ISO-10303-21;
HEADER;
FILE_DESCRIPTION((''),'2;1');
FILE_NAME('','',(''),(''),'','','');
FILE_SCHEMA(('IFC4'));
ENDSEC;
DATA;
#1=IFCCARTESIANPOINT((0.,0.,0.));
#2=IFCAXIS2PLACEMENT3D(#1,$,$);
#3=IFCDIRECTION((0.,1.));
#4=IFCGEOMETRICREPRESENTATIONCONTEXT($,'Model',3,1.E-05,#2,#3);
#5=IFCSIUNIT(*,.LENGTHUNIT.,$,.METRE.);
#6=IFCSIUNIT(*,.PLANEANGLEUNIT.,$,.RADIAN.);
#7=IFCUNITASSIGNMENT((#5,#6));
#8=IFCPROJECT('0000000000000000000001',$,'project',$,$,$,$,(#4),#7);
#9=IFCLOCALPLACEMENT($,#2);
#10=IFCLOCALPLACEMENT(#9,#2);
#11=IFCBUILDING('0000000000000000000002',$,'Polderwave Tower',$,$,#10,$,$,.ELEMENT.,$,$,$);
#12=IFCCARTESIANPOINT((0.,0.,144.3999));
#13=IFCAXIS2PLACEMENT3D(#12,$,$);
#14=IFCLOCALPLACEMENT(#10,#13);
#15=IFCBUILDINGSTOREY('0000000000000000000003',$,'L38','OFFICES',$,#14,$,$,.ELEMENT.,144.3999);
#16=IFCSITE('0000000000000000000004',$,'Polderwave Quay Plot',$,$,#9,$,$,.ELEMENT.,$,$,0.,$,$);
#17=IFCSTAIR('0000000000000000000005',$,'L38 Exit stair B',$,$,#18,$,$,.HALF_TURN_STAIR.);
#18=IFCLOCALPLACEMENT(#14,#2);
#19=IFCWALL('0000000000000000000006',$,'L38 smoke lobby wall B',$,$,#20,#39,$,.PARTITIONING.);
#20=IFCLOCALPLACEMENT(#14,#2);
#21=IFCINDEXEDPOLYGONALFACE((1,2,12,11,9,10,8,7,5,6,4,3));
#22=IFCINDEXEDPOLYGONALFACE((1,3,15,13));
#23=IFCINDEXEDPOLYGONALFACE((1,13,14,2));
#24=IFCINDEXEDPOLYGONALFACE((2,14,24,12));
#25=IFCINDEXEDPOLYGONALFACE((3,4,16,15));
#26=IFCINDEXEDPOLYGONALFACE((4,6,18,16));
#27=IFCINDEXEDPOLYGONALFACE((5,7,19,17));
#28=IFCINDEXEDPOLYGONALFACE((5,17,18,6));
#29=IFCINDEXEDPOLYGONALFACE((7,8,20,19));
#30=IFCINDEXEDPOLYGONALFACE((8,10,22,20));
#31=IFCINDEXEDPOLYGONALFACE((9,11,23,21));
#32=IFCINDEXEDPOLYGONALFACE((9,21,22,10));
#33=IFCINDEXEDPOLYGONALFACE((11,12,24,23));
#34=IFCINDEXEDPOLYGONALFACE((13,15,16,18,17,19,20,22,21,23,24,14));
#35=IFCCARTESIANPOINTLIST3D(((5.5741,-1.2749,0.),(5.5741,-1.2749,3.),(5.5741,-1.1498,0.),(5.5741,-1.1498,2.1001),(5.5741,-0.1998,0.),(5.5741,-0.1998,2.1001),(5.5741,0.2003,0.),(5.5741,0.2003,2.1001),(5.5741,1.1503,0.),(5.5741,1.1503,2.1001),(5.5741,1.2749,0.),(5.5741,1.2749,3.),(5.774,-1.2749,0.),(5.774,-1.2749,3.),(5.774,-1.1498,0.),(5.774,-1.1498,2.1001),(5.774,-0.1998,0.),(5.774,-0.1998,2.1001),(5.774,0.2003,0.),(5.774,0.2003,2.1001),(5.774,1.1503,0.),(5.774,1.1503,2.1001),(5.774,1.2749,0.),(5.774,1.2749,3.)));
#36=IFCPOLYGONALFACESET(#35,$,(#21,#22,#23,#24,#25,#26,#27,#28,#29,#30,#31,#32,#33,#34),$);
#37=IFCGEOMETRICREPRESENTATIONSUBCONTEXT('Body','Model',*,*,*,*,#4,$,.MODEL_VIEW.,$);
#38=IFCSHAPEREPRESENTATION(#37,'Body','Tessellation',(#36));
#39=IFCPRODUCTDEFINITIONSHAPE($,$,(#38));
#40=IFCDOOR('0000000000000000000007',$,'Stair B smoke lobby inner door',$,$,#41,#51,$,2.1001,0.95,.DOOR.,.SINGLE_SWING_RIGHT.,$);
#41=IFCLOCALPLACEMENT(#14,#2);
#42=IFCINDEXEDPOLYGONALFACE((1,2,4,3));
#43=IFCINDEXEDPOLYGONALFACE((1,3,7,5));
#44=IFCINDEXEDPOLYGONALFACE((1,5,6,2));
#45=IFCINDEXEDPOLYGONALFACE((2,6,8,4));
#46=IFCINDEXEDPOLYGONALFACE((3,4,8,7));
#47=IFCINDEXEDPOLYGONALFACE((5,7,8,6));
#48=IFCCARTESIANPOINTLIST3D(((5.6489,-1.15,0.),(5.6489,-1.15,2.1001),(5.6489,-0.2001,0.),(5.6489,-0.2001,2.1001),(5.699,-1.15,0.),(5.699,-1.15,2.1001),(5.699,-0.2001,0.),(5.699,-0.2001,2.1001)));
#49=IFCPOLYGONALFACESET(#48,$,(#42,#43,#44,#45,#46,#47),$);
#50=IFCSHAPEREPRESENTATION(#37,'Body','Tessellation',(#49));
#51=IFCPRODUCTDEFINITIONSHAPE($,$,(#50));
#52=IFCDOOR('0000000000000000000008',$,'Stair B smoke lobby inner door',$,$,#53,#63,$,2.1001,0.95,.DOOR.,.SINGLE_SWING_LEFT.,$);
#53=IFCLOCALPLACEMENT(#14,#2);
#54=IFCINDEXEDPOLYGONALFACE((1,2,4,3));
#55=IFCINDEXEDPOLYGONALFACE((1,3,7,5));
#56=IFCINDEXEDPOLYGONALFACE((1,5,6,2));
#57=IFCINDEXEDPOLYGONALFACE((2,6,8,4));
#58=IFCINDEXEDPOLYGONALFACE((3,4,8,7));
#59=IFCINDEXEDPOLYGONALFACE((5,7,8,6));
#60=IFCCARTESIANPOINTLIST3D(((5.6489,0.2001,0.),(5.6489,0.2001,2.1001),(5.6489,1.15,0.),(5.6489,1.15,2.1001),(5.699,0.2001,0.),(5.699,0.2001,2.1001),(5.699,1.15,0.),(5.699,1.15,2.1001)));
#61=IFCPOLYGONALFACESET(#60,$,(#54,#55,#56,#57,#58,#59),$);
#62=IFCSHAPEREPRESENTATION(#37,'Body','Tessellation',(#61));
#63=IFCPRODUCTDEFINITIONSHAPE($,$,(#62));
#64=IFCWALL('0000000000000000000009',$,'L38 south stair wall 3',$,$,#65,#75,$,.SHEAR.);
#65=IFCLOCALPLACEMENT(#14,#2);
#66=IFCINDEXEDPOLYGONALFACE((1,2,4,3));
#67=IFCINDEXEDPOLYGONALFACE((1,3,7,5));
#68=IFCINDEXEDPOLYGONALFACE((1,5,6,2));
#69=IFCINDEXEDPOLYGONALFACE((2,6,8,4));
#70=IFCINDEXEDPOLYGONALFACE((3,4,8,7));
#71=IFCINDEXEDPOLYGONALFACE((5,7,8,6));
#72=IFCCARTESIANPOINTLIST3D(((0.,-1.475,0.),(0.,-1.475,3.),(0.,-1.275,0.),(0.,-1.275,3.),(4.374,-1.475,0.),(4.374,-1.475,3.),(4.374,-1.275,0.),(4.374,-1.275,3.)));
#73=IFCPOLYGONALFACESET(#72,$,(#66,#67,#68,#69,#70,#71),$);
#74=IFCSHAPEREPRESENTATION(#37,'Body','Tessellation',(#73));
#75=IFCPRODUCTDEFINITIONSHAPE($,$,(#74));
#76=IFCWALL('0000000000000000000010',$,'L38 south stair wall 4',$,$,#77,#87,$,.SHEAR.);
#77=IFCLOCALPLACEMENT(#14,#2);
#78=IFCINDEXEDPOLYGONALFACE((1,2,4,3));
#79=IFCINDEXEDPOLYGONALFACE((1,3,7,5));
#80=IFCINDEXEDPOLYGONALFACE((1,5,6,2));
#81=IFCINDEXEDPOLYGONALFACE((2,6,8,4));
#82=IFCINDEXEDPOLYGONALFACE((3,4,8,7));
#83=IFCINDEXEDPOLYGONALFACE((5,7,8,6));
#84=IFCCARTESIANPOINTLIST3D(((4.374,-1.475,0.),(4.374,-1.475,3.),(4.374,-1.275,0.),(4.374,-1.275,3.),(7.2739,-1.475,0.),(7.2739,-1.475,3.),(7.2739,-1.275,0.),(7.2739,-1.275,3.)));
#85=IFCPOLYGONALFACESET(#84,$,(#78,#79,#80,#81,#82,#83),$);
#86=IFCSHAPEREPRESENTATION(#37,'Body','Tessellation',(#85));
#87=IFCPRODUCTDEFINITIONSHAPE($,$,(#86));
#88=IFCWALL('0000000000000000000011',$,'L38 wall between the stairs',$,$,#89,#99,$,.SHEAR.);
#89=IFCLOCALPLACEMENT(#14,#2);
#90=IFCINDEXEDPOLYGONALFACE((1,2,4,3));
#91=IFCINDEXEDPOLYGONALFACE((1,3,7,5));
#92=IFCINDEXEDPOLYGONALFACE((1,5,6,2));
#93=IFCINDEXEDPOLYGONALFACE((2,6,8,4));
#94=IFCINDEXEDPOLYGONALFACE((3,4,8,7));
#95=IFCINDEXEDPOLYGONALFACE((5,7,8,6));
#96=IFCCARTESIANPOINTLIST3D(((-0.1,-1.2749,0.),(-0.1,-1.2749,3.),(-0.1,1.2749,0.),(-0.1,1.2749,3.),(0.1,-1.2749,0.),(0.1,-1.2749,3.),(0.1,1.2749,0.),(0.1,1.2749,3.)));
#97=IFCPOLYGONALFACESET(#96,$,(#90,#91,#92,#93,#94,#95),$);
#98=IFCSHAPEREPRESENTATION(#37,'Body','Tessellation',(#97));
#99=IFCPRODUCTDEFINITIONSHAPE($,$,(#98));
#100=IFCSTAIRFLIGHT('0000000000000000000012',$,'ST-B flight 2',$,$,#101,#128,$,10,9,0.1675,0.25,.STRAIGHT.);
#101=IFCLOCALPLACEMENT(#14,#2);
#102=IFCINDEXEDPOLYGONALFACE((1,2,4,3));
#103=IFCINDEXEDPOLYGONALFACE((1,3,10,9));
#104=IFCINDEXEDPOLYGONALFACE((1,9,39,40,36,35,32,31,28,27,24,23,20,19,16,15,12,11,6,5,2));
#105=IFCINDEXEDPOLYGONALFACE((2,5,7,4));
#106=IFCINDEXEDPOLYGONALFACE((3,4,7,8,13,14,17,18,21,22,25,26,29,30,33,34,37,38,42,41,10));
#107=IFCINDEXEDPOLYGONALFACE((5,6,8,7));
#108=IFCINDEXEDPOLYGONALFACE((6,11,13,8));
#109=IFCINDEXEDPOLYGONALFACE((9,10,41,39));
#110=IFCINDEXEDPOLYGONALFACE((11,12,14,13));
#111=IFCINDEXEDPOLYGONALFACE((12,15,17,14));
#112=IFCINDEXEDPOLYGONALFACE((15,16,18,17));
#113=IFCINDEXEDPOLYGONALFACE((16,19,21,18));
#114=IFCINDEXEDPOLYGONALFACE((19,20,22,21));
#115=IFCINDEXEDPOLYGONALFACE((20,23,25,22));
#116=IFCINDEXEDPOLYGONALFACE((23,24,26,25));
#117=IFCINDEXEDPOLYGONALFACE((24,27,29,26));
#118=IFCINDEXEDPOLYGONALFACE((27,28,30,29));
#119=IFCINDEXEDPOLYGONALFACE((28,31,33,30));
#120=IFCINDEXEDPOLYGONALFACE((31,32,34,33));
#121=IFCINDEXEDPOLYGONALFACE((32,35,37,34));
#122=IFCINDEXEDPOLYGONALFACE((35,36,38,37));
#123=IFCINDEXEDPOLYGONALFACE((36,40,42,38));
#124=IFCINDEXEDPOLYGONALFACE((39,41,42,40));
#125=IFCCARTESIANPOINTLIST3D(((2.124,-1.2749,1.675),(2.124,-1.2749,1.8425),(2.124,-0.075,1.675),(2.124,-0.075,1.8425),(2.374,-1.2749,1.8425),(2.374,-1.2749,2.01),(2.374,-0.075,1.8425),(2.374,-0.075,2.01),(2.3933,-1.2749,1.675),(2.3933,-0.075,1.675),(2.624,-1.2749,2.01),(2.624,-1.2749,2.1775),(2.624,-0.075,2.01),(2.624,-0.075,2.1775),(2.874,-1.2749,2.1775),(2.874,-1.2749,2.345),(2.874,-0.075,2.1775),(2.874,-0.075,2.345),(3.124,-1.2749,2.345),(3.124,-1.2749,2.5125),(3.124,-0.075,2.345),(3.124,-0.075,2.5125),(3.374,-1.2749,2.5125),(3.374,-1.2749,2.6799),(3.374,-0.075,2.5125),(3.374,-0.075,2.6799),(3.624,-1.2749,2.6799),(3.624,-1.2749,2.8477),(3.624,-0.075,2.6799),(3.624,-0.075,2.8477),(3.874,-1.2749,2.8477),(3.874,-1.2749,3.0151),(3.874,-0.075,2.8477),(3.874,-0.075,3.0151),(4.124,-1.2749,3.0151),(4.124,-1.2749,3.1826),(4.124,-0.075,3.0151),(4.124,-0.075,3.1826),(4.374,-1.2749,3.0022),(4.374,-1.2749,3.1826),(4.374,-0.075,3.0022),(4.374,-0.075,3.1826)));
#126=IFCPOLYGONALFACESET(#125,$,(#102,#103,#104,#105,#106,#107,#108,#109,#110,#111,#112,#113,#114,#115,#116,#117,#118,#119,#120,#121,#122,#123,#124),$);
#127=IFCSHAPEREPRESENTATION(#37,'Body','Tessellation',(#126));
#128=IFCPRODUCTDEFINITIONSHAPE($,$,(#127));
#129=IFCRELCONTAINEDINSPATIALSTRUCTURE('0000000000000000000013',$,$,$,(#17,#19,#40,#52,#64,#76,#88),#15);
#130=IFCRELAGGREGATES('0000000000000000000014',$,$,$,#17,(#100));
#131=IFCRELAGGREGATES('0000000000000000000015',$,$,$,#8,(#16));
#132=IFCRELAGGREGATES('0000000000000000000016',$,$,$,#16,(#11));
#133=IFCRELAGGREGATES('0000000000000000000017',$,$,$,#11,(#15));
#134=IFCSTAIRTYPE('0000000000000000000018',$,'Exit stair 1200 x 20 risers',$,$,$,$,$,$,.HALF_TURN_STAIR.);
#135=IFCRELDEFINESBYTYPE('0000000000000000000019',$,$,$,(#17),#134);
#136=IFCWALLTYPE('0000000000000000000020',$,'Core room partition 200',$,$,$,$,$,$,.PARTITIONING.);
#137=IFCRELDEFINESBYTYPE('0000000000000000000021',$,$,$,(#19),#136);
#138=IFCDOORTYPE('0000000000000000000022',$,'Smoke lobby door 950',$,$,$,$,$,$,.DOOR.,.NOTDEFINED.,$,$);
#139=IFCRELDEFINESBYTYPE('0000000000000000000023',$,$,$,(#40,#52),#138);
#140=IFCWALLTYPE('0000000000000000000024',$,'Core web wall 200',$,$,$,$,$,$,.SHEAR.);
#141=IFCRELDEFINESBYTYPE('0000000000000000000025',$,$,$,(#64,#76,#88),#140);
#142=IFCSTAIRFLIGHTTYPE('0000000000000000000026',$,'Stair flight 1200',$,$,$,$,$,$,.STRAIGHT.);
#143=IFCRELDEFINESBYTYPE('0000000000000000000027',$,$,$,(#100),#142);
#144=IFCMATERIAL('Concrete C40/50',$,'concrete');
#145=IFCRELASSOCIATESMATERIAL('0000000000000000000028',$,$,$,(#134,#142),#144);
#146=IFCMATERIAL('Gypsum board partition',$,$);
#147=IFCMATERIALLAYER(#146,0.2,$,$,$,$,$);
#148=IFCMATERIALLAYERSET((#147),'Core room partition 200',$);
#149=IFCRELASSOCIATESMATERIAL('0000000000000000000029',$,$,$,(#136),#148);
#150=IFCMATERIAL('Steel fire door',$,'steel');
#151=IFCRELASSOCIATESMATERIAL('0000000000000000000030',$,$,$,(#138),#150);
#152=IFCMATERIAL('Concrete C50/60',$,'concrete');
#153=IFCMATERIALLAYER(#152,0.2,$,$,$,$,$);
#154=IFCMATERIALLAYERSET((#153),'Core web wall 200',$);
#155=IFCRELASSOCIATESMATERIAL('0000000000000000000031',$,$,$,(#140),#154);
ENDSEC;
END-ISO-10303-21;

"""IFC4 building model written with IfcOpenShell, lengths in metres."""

from ifc_helpers import new_model, si_unit, direction, frame, frame_2d, origin, place, context, subcontext, project, spatial, polyline, rectangle, outline, extrude, material, layer, layer_set, type_object, element, fill, aggregate, save


model = new_model("IFC4")

# Units and contexts
model_context = context("Model", 3, precision=1e-05, world=origin(), true_north=direction((0.0, 1.0)))
body_context = subcontext(model_context, "Body", "Model", "MODEL_VIEW")
ifc_project = project(units=[si_unit("LENGTHUNIT", "METRE"), si_unit("PLANEANGLEUNIT", "RADIAN")], contexts=[model_context])

# Site, building, storey
site_placement = place(None, origin())
site = spatial("IfcSite", under=ifc_project, at=site_placement, Name="Polderwave Quay Plot", CompositionType="ELEMENT", RefElevation=0.0)
building_placement = place(site_placement, origin())
building = spatial("IfcBuilding", under=site, at=building_placement, Name="Polderwave Tower", CompositionType="ELEMENT")
storey_placement = place(building_placement, frame((0.0, 0.0, 144.3999)))
storey = spatial("IfcBuildingStorey", under=building, at=storey_placement, Name="L38", Description="OFFICES", CompositionType="ELEMENT", Elevation=144.3999)

# Shared definitions
ifc_material_1 = material(Name="Concrete C40/50", Category="concrete")

# Stair
stair_type = type_object("IfcStairType", Name="Exit stair 1200 x 20 risers", PredefinedType="HALF_TURN_STAIR", material=ifc_material_1)
stair_1_placement = place(storey_placement, origin())
stair_1 = element("IfcStair", 1, at=stair_1_placement, inside=storey, type_object=stair_type, Name="L38 Exit stair B", PredefinedType="HALF_TURN_STAIR")

# Wall, openings, doors
ifc_material_2 = material(Name="Gypsum board partition")
ifc_layer_1 = layer(ifc_material_2, 0.2)
ifc_layer_set_1 = layer_set([ifc_layer_1], Name="Core room partition 200")
wall_type_1 = type_object("IfcWallType", Name="Core room partition 200", PredefinedType="PARTITIONING", material=ifc_layer_set_1)
wall_1_placement = place(storey_placement, frame((5.6741, -1.2749, 0.0), z_axis=(0.0, 0.0, 1.0), x_axis=(0.0, 1.0, 0.0)))
wall_1 = element("IfcWall", 2, at=wall_1_placement, inside=storey, type_object=wall_type_1, Name="L38 smoke lobby wall B", PredefinedType="PARTITIONING", context=body_context, shape_type="SweptSolid", body=[
    extrude(rectangle(XDim=2.5498, YDim=0.2, at=frame_2d((1.2749, 0.0))), origin(), (0.0, 0.0, 1.0), 3.0),
])
opening_1_placement = place(wall_1_placement, frame((0.125, 0.0, 0.0)))
opening_1 = element("IfcOpeningElement", 3, at=opening_1_placement, cuts=wall_1, PredefinedType="OPENING", context=body_context, shape_type="SweptSolid", body=[
    extrude(rectangle(XDim=0.95, YDim=2.1001, at=frame_2d((0.4751, 1.05))), frame((0.0, 0.1099, 0.0), z_axis=(0.0, -1.0, 0.0), x_axis=(1.0, 0.0, 0.0)), (0.0, 0.0, 1.0), 0.22),
])
opening_2_placement = place(wall_1_placement, frame((1.4751, 0.0, 0.0)))
opening_2 = element("IfcOpeningElement", 4, at=opening_2_placement, cuts=wall_1, PredefinedType="OPENING", context=body_context, shape_type="SweptSolid", body=[
    extrude(rectangle(XDim=0.95, YDim=2.1001, at=frame_2d((0.4751, 1.05))), frame((0.0, 0.1099, 0.0), z_axis=(0.0, -1.0, 0.0), x_axis=(1.0, 0.0, 0.0)), (0.0, 0.0, 1.0), 0.22),
])
ifc_material_3 = material(Name="Steel fire door", Category="steel")
door_type = type_object("IfcDoorType", Name="Smoke lobby door 950", OperationType="NOTDEFINED", PredefinedType="DOOR", material=ifc_material_3)
door_1_placement = place(opening_1_placement, frame((0.95, 0.0, 0.0), z_axis=(0.0, 0.0, 1.0), x_axis=(-1.0, 0.0, 0.0)))
door_1 = element("IfcDoor", 5, at=door_1_placement, inside=storey, type_object=door_type, Name="Stair B smoke lobby inner door", OperationType="SINGLE_SWING_RIGHT", OverallHeight=2.1001, OverallWidth=0.95, PredefinedType="DOOR", context=body_context, shape_type="SweptSolid", body=[
    extrude(rectangle(XDim=0.95, YDim=2.1001, at=frame_2d((0.4751, 1.05))), frame((0.0, 0.0249, 0.0), z_axis=(0.0, -1.0, 0.0), x_axis=(1.0, 0.0, 0.0)), (0.0, 0.0, 1.0), 0.05),
])
fill(opening_1, door_1)
door_2_placement = place(opening_2_placement, frame((0.95, 0.0, 0.0), z_axis=(0.0, 0.0, 1.0), x_axis=(-1.0, 0.0, 0.0)))
door_2 = element("IfcDoor", 6, at=door_2_placement, inside=storey, type_object=door_type, Name="Stair B smoke lobby inner door", OperationType="SINGLE_SWING_LEFT", OverallHeight=2.1001, OverallWidth=0.95, PredefinedType="DOOR", context=body_context, shape_type="SweptSolid", body=[
    extrude(rectangle(XDim=0.95, YDim=2.1001, at=frame_2d((0.4751, 1.05))), frame((0.0, 0.0249, 0.0), z_axis=(0.0, -1.0, 0.0), x_axis=(1.0, 0.0, 0.0)), (0.0, 0.0, 1.0), 0.05),
])
fill(opening_2, door_2)

# Walls
ifc_material_4 = material(Name="Concrete C50/60", Category="concrete")
ifc_layer_2 = layer(ifc_material_4, 0.2)
ifc_layer_set_2 = layer_set([ifc_layer_2], Name="Core web wall 200")
wall_type_2 = type_object("IfcWallType", Name="Core web wall 200", PredefinedType="SHEAR", material=ifc_layer_set_2)
wall_2_placement = place(storey_placement, frame((0.0, -1.375, 0.0), z_axis=(0.0, 0.0, 1.0), x_axis=(1.0, 0.0, 0.0)))
element("IfcWall", 7, at=wall_2_placement, inside=storey, type_object=wall_type_2, Name="L38 south stair wall 3", PredefinedType="SHEAR", context=body_context, shape_type="SweptSolid", body=[
    extrude(rectangle(XDim=4.374, YDim=0.2, at=frame_2d((2.187, 0.0))), origin(), (0.0, 0.0, 1.0), 3.0),
])
wall_3_placement = place(storey_placement, frame((4.374, -1.375, 0.0), z_axis=(0.0, 0.0, 1.0), x_axis=(1.0, 0.0, 0.0)))
element("IfcWall", 8, at=wall_3_placement, inside=storey, type_object=wall_type_2, Name="L38 south stair wall 4", PredefinedType="SHEAR", context=body_context, shape_type="SweptSolid", body=[
    extrude(rectangle(XDim=2.8999, YDim=0.2, at=frame_2d((1.45, 0.0))), origin(), (0.0, 0.0, 1.0), 3.0),
])
wall_4_placement = place(storey_placement, frame((0.0, -1.2749, 0.0), z_axis=(0.0, 0.0, 1.0), x_axis=(0.0, 1.0, 0.0)))
element("IfcWall", 9, at=wall_4_placement, inside=storey, type_object=wall_type_2, Name="L38 wall between the stairs", PredefinedType="SHEAR", context=body_context, shape_type="SweptSolid", body=[
    extrude(rectangle(XDim=2.5498, YDim=0.2, at=frame_2d((1.2749, 0.0))), origin(), (0.0, 0.0, 1.0), 3.0),
])

# Stair flight
stair_flight_type = type_object("IfcStairFlightType", Name="Stair flight 1200", PredefinedType="STRAIGHT", material=ifc_material_1)
stair_flight_placement = place(storey_placement, frame((2.124, -0.675, 1.675), z_axis=(0.0, 0.0, 1.0), x_axis=(1.0, 0.0, 0.0)))
stair_flight = element("IfcStairFlight", 10, at=stair_flight_placement, type_object=stair_flight_type, Name="ST-B flight 2", NumberOfRisers=10, NumberOfTreads=9, PredefinedType="STRAIGHT", RiserHeight=0.1675, TreadLength=0.25, context=body_context, shape_type="SweptSolid", body=[
    extrude(outline(polyline([(0.0, 0.0), (0.0, 0.1675), (0.25, 0.1675), (0.25, 0.335), (0.5, 0.335), (0.5, 0.5024), (0.75, 0.5024), (0.75, 0.6699), (1.0, 0.6699), (1.0, 0.8374), (1.25, 0.8374), (1.25, 1.0049), (1.5, 1.0049), (1.5, 1.1726), (1.75, 1.1726), (1.75, 1.3401), (2.0, 1.3401), (2.0, 1.5076), (2.25, 1.5076), (2.25, 1.675), (2.25, 1.3271), (0.2693, 0.0), (0.0, 0.0)])), frame((0.0, 0.6001, 0.0), z_axis=(0.0, -1.0, 0.0), x_axis=(1.0, 0.0, 0.0)), (0.0, 0.0, 1.0), 1.2),
])
aggregate(stair_1, [stair_flight])

save(model, "model.ifc")
